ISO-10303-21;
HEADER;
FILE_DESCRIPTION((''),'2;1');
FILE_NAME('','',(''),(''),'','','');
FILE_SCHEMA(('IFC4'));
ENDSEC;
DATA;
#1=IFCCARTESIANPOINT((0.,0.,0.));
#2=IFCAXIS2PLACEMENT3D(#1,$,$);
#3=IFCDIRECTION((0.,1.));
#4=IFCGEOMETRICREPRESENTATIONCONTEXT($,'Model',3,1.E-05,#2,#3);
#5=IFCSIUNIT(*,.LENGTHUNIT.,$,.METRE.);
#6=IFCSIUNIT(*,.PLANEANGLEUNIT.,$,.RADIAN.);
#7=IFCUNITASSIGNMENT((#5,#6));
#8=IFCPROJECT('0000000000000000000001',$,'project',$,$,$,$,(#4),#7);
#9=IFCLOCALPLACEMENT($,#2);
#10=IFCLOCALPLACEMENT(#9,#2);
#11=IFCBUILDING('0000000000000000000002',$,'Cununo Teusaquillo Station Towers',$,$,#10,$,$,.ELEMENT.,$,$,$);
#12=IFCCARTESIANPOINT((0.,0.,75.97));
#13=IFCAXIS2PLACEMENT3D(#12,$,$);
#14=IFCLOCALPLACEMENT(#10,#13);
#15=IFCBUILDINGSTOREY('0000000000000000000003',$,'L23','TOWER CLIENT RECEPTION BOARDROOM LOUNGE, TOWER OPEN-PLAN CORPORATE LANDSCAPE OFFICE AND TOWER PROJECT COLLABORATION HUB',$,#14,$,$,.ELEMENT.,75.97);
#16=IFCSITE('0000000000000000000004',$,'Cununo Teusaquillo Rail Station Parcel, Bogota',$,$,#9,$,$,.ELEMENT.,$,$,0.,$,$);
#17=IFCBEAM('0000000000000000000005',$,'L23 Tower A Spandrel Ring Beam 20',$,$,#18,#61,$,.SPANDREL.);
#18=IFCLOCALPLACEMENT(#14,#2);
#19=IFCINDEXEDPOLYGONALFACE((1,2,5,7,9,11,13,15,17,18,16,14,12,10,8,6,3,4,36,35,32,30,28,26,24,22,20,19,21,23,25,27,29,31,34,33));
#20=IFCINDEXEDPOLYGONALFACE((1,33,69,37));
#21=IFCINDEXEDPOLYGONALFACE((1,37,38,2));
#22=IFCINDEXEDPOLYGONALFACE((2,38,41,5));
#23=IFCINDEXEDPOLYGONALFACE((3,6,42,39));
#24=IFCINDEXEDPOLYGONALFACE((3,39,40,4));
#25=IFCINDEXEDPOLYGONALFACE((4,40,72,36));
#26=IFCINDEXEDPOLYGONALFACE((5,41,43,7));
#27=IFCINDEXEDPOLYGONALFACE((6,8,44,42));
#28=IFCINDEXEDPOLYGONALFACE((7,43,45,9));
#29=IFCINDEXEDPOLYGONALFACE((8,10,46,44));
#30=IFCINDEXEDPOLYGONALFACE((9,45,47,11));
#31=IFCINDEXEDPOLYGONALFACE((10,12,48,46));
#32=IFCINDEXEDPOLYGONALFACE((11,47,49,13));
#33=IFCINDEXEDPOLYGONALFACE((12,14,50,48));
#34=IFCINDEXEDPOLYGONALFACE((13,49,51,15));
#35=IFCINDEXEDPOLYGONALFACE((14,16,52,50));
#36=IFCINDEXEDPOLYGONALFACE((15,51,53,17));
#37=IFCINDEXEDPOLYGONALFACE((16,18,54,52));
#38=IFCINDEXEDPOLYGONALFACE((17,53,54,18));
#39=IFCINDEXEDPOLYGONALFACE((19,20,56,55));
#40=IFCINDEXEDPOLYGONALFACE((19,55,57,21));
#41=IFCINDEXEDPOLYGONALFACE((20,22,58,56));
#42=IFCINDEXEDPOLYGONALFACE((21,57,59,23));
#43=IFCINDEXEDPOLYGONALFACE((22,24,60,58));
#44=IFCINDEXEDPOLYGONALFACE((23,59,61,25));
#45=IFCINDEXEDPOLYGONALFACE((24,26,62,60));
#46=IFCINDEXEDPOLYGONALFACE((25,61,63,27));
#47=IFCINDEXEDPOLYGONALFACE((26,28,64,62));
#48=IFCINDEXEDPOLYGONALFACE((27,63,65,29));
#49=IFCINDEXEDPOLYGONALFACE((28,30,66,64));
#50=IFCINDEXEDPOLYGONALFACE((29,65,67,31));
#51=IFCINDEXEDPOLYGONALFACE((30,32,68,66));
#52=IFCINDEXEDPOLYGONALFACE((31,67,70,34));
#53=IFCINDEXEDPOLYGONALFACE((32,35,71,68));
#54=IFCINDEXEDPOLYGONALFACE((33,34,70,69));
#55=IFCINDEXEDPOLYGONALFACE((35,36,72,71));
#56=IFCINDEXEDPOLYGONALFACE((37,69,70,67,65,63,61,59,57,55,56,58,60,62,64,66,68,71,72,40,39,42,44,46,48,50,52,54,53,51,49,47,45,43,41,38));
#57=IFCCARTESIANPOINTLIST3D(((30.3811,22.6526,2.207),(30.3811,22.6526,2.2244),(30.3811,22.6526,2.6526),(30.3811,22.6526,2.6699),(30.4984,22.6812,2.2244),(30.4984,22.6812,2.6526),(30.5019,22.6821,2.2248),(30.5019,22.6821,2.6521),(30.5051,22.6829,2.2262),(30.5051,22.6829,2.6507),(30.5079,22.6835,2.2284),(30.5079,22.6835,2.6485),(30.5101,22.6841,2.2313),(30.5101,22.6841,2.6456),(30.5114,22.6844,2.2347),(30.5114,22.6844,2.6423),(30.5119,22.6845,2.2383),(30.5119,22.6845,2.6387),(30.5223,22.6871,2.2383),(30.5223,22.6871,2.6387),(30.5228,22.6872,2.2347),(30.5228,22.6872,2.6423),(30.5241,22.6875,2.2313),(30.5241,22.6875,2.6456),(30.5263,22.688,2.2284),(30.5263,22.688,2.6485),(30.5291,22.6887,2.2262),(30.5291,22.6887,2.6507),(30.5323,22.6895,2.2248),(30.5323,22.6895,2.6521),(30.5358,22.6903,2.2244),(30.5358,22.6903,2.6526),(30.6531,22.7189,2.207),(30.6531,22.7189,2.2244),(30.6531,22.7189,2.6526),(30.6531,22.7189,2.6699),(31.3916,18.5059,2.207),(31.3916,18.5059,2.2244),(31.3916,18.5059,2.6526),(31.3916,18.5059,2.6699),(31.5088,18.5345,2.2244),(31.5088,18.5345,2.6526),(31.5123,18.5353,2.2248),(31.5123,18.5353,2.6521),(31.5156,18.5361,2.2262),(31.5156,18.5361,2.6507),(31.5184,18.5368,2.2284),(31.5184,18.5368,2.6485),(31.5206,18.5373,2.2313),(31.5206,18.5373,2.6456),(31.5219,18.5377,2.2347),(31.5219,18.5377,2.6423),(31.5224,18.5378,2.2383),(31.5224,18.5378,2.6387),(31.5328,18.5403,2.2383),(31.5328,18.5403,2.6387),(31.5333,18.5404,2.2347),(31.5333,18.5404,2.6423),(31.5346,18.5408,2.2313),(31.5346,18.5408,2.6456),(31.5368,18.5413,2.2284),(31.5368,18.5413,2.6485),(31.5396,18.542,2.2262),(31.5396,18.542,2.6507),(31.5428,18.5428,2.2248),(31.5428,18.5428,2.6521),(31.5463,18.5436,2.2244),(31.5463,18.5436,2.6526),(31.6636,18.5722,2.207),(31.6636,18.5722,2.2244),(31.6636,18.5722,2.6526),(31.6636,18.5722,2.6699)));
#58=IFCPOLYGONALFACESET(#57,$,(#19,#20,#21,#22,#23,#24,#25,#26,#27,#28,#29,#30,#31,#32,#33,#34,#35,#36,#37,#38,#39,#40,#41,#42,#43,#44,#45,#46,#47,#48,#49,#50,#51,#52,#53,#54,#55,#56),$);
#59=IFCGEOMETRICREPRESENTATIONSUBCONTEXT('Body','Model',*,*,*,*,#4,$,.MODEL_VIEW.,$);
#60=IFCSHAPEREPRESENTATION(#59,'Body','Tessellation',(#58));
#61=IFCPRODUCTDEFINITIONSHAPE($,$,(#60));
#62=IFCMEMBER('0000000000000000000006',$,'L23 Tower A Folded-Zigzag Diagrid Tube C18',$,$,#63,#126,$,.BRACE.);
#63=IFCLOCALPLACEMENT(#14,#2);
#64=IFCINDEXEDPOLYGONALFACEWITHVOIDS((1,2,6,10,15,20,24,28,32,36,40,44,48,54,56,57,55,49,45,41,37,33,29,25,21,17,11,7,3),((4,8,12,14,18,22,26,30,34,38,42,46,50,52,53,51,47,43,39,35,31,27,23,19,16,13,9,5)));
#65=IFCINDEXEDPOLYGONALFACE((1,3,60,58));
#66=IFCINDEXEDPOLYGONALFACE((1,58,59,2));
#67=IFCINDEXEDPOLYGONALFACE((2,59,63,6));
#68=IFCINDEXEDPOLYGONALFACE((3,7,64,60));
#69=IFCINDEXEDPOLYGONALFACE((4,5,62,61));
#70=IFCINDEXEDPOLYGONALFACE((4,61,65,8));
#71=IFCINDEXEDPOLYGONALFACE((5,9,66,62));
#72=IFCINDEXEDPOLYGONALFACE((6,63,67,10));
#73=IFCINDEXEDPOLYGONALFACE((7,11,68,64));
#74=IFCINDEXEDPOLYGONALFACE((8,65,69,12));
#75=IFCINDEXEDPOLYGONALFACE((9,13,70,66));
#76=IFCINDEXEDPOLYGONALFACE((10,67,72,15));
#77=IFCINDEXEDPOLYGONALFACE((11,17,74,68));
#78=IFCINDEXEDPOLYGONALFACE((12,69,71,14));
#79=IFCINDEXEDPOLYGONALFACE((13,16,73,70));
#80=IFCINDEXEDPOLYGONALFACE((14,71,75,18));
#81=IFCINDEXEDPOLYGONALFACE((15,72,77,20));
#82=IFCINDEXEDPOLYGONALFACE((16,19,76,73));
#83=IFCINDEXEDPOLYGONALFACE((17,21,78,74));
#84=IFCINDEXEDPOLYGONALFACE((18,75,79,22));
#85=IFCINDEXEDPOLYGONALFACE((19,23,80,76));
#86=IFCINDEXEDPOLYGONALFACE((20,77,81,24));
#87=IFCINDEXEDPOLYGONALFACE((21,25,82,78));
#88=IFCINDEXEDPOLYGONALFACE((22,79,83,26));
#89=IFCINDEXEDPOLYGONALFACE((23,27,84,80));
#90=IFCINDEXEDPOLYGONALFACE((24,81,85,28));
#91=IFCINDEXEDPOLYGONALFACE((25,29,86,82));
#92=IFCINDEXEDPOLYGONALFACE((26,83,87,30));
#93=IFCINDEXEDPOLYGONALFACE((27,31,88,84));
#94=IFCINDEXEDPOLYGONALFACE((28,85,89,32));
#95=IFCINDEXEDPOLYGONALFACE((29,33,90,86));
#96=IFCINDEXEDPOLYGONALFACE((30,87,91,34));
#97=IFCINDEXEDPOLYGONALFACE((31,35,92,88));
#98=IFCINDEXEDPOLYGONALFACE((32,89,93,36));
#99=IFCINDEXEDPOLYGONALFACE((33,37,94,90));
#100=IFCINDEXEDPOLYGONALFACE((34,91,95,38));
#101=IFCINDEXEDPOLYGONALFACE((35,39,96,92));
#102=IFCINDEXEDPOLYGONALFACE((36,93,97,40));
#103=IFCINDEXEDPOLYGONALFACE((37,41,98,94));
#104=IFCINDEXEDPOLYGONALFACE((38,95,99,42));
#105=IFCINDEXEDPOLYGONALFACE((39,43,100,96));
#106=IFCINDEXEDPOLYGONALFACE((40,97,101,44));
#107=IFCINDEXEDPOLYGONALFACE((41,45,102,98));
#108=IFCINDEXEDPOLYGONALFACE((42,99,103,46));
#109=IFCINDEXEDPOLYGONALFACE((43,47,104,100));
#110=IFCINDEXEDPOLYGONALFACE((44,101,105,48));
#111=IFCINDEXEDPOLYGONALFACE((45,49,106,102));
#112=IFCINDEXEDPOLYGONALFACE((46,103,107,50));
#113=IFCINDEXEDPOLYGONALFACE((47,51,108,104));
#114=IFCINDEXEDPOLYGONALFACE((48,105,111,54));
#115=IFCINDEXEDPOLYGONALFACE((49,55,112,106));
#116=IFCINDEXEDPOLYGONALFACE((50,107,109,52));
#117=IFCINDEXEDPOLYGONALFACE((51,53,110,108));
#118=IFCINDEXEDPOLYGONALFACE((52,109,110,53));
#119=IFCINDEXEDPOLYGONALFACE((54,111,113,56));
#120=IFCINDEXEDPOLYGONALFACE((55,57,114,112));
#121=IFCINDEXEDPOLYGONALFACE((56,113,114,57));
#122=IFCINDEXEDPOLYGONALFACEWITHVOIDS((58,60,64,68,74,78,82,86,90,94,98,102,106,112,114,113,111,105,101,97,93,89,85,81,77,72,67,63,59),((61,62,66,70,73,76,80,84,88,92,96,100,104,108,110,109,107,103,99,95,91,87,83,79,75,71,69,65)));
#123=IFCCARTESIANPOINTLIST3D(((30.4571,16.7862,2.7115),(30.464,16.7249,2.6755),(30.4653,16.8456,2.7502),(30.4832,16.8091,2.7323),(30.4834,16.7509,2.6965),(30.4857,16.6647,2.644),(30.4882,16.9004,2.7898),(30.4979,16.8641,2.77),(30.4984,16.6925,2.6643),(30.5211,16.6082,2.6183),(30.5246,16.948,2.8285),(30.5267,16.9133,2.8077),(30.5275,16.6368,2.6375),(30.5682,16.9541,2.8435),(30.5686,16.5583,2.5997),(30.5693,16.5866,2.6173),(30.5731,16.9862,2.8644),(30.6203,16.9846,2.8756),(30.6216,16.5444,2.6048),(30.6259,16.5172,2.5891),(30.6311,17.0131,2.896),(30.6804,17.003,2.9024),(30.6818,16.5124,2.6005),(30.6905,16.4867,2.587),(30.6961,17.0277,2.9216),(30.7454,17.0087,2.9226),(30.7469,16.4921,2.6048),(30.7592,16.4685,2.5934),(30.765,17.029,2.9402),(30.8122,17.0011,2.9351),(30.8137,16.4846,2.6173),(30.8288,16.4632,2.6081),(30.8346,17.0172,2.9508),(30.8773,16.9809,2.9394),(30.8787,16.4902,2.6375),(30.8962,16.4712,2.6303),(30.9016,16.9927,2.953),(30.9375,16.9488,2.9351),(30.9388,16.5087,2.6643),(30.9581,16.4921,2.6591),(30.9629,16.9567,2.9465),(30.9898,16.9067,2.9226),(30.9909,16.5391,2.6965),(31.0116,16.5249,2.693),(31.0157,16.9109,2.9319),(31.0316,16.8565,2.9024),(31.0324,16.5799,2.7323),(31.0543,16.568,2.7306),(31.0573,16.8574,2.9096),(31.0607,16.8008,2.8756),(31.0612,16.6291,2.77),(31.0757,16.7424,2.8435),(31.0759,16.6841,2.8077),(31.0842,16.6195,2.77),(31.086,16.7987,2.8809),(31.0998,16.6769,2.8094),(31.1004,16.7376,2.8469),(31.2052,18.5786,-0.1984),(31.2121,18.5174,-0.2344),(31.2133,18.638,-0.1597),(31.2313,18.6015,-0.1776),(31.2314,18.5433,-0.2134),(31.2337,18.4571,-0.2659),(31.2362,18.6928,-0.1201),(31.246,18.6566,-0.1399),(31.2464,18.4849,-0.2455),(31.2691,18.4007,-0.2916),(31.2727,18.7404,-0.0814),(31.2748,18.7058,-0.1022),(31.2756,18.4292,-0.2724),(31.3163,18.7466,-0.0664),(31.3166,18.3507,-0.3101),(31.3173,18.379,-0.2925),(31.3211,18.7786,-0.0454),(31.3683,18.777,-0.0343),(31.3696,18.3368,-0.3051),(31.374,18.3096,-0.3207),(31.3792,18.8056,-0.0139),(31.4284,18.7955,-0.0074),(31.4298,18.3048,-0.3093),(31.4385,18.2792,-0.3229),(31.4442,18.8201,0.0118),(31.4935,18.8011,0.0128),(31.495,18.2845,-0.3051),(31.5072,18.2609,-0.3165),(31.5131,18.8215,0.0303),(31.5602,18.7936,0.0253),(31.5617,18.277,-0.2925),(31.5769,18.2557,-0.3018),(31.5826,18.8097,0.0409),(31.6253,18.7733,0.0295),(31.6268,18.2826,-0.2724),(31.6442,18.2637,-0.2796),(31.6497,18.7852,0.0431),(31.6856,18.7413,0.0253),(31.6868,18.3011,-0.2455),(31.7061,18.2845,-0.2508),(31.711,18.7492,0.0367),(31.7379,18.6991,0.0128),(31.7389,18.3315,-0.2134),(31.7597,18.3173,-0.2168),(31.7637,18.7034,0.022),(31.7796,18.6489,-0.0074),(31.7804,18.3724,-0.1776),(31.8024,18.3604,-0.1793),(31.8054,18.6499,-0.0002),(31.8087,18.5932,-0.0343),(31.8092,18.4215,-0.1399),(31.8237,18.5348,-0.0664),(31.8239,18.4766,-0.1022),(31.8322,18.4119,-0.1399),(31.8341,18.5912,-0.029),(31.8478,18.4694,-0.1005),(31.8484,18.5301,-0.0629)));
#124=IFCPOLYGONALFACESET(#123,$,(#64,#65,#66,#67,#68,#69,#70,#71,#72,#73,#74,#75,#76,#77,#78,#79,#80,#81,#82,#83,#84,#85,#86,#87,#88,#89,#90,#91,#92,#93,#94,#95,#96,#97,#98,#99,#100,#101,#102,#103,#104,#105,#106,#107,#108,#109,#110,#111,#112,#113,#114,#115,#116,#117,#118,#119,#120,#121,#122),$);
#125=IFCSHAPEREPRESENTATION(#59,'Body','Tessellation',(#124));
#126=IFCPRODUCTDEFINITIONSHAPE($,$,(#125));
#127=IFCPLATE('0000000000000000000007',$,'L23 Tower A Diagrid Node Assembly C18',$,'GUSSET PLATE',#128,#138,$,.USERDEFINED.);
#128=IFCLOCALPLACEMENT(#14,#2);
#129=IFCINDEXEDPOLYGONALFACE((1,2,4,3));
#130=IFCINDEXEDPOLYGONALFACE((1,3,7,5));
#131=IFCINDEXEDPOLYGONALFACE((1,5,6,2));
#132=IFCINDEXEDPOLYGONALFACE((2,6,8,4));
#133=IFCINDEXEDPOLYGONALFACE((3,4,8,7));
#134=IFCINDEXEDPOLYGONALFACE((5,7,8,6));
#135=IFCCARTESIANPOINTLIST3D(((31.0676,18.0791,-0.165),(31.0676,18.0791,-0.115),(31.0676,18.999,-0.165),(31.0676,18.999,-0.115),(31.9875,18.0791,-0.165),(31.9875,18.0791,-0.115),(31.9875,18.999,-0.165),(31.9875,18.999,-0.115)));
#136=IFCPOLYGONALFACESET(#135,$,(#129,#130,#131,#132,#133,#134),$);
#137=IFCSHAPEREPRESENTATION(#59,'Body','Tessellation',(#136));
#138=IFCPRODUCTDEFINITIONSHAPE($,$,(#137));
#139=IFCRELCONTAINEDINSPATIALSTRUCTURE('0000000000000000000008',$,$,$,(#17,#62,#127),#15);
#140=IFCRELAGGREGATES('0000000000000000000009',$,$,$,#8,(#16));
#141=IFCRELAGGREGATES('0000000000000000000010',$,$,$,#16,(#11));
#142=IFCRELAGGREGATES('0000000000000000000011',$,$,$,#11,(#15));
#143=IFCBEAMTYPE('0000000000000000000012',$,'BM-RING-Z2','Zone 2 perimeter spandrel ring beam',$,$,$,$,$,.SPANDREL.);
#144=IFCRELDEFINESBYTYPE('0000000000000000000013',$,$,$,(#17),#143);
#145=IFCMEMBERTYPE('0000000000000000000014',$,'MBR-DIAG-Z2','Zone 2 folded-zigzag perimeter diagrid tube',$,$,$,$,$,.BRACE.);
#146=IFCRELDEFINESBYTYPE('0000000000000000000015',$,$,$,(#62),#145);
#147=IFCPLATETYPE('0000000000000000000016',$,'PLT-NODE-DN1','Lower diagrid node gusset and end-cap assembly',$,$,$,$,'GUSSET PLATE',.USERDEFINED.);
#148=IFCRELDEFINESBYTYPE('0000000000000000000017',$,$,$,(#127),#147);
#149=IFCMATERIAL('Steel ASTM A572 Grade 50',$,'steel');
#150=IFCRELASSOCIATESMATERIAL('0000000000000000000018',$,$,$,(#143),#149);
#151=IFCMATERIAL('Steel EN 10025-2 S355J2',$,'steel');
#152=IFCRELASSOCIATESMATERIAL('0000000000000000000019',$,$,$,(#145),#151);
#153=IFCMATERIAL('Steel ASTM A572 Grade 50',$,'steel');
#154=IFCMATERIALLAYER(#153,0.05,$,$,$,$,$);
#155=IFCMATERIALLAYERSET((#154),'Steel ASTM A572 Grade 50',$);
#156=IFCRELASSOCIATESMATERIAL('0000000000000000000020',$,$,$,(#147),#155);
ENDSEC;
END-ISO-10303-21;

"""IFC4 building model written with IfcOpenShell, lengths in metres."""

from ifc_helpers import new_model, si_unit, direction, frame, origin, origin_2d, place, context, subcontext, project, spatial, rectangle, hollow_circle, i_section, extrude, source, transform, mapped, material, layer, layer_set, material_profile, profile_set, type_object, element, save


model = new_model("IFC4")

# Units and contexts
model_context = context("Model", 3, precision=1e-05, world=origin(), true_north=direction((0.0, 1.0)))
body_context = subcontext(model_context, "Body", "Model", "MODEL_VIEW")
ifc_project = project(units=[si_unit("LENGTHUNIT", "METRE"), si_unit("PLANEANGLEUNIT", "RADIAN")], contexts=[model_context])

# Site, building, storey
site_placement = place(None, origin())
site = spatial("IfcSite", under=ifc_project, at=site_placement, Name="Cununo Teusaquillo Rail Station Parcel, Bogota", CompositionType="ELEMENT", RefElevation=0.0)
building_placement = place(site_placement, origin())
building = spatial("IfcBuilding", under=site, at=building_placement, Name="Cununo Teusaquillo Station Towers", CompositionType="ELEMENT")
storey_placement = place(building_placement, frame((0.0, 0.0, 75.97)))
storey = spatial("IfcBuildingStorey", under=building, at=storey_placement, Name="L23", Description="TOWER CLIENT RECEPTION BOARDROOM LOUNGE, TOWER OPEN-PLAN CORPORATE LANDSCAPE OFFICE AND TOWER PROJECT COLLABORATION HUB", CompositionType="ELEMENT", Elevation=75.97)

# Beam
ifc_material_1 = material(Name="Steel ASTM A572 Grade 50", Category="steel")
ifc_material_profile_1 = material_profile(ifc_material_1, i_section(OverallWidth=0.28, OverallDepth=0.4629, WebThickness=0.0107, FlangeThickness=0.0173, FilletRadius=0.0139, at=origin_2d()), Name="W18X76")
ifc_profile_set_1 = profile_set([ifc_material_profile_1], Name="Steel ASTM A572 Grade 50")
beam_type_1 = type_object("IfcBeamType", Name="BM-RING-Z2", Description="Zone 2 perimeter spandrel ring beam", PredefinedType="SPANDREL", material=ifc_profile_set_1)
beam_1_placement = place(storey_placement, frame((31.5276, 18.5391, 2.4385), z_axis=(-0.236757, 0.971569, 0.0), x_axis=(-0.971569, -0.236757, 0.0)))
element("IfcBeam", 1, at=beam_1_placement, inside=storey, type_object=beam_type_1, Name="L23 Tower A Spandrel Ring Beam 20", PredefinedType="SPANDREL", context=body_context, shape_type="SweptSolid", body=[
    extrude(i_section(OverallWidth=0.28, OverallDepth=0.4629, WebThickness=0.0107, FlangeThickness=0.0173, FilletRadius=0.0139, at=origin_2d()), origin(), (0.0, 0.0, 1.0), 4.2681),
])

# Member
ifc_material_2 = material(Name="Steel EN 10025-2 S355J2", Category="steel")
ifc_material_profile_2 = material_profile(ifc_material_2, hollow_circle(Radius=0.3301, WallThickness=0.0249, at=origin_2d()), Name="CHS 660x25")
ifc_profile_set_2 = profile_set([ifc_material_profile_2], Name="Steel EN 10025-2 S355J2")
member_type = type_object("IfcMemberType", Name="MBR-DIAG-Z2", Description="Zone 2 folded-zigzag perimeter diagrid tube", PredefinedType="BRACE", material=ifc_profile_set_2)
member_placement = place(storey_placement, frame((31.5276, 18.5391, -0.1399), z_axis=(-0.213814, -0.512343, 0.831738), x_axis=(0.922861, -0.385133, 0.0)))
element("IfcMember", 2, at=member_placement, inside=storey, type_object=member_type, Name="L23 Tower A Folded-Zigzag Diagrid Tube C18", PredefinedType="BRACE", context=body_context, shape_type="SweptSolid", body=[
    extrude(hollow_circle(Radius=0.3301, WallThickness=0.0249, at=origin_2d()), origin(), (0.0, 0.0, 1.0), 3.4985),
])

# Plate
ifc_material_3 = material(Name="Steel ASTM A572 Grade 50", Category="steel")
ifc_layer_1 = layer(ifc_material_3, 0.05)
ifc_layer_set_1 = layer_set([ifc_layer_1], Name="Steel ASTM A572 Grade 50")
plate_type = type_object("IfcPlateType", Name="PLT-NODE-DN1", Description="Lower diagrid node gusset and end-cap assembly", ElementType="GUSSET PLATE", PredefinedType="USERDEFINED", material=ifc_layer_set_1)
shared_shape_1 = source(origin(), body_context, "Body", "SweptSolid", [
    extrude(rectangle(XDim=0.9199, YDim=0.9199, at=origin_2d()), origin(), (0.0, 0.0, 1.0), 0.05),
])
plate_placement = place(storey_placement, frame((31.5276, 18.5391, -0.165), z_axis=(0.0, 0.0, 1.0), x_axis=(1.0, 0.0, 0.0)))
element("IfcPlate", 3, at=plate_placement, inside=storey, type_object=plate_type, Name="L23 Tower A Diagrid Node Assembly C18", ObjectType="GUSSET PLATE", PredefinedType="USERDEFINED", context=body_context, shape_type="MappedRepresentation", body=[
    mapped(shared_shape_1, transform((0.0, 0.0, 0.0), x_axis=(1.0, 0.0, 0.0), y_axis=(0.0, 1.0, 0.0), z_axis=(0.0, 0.0, 1.0), scale=1.0)),
])

save(model, "model.ifc")
